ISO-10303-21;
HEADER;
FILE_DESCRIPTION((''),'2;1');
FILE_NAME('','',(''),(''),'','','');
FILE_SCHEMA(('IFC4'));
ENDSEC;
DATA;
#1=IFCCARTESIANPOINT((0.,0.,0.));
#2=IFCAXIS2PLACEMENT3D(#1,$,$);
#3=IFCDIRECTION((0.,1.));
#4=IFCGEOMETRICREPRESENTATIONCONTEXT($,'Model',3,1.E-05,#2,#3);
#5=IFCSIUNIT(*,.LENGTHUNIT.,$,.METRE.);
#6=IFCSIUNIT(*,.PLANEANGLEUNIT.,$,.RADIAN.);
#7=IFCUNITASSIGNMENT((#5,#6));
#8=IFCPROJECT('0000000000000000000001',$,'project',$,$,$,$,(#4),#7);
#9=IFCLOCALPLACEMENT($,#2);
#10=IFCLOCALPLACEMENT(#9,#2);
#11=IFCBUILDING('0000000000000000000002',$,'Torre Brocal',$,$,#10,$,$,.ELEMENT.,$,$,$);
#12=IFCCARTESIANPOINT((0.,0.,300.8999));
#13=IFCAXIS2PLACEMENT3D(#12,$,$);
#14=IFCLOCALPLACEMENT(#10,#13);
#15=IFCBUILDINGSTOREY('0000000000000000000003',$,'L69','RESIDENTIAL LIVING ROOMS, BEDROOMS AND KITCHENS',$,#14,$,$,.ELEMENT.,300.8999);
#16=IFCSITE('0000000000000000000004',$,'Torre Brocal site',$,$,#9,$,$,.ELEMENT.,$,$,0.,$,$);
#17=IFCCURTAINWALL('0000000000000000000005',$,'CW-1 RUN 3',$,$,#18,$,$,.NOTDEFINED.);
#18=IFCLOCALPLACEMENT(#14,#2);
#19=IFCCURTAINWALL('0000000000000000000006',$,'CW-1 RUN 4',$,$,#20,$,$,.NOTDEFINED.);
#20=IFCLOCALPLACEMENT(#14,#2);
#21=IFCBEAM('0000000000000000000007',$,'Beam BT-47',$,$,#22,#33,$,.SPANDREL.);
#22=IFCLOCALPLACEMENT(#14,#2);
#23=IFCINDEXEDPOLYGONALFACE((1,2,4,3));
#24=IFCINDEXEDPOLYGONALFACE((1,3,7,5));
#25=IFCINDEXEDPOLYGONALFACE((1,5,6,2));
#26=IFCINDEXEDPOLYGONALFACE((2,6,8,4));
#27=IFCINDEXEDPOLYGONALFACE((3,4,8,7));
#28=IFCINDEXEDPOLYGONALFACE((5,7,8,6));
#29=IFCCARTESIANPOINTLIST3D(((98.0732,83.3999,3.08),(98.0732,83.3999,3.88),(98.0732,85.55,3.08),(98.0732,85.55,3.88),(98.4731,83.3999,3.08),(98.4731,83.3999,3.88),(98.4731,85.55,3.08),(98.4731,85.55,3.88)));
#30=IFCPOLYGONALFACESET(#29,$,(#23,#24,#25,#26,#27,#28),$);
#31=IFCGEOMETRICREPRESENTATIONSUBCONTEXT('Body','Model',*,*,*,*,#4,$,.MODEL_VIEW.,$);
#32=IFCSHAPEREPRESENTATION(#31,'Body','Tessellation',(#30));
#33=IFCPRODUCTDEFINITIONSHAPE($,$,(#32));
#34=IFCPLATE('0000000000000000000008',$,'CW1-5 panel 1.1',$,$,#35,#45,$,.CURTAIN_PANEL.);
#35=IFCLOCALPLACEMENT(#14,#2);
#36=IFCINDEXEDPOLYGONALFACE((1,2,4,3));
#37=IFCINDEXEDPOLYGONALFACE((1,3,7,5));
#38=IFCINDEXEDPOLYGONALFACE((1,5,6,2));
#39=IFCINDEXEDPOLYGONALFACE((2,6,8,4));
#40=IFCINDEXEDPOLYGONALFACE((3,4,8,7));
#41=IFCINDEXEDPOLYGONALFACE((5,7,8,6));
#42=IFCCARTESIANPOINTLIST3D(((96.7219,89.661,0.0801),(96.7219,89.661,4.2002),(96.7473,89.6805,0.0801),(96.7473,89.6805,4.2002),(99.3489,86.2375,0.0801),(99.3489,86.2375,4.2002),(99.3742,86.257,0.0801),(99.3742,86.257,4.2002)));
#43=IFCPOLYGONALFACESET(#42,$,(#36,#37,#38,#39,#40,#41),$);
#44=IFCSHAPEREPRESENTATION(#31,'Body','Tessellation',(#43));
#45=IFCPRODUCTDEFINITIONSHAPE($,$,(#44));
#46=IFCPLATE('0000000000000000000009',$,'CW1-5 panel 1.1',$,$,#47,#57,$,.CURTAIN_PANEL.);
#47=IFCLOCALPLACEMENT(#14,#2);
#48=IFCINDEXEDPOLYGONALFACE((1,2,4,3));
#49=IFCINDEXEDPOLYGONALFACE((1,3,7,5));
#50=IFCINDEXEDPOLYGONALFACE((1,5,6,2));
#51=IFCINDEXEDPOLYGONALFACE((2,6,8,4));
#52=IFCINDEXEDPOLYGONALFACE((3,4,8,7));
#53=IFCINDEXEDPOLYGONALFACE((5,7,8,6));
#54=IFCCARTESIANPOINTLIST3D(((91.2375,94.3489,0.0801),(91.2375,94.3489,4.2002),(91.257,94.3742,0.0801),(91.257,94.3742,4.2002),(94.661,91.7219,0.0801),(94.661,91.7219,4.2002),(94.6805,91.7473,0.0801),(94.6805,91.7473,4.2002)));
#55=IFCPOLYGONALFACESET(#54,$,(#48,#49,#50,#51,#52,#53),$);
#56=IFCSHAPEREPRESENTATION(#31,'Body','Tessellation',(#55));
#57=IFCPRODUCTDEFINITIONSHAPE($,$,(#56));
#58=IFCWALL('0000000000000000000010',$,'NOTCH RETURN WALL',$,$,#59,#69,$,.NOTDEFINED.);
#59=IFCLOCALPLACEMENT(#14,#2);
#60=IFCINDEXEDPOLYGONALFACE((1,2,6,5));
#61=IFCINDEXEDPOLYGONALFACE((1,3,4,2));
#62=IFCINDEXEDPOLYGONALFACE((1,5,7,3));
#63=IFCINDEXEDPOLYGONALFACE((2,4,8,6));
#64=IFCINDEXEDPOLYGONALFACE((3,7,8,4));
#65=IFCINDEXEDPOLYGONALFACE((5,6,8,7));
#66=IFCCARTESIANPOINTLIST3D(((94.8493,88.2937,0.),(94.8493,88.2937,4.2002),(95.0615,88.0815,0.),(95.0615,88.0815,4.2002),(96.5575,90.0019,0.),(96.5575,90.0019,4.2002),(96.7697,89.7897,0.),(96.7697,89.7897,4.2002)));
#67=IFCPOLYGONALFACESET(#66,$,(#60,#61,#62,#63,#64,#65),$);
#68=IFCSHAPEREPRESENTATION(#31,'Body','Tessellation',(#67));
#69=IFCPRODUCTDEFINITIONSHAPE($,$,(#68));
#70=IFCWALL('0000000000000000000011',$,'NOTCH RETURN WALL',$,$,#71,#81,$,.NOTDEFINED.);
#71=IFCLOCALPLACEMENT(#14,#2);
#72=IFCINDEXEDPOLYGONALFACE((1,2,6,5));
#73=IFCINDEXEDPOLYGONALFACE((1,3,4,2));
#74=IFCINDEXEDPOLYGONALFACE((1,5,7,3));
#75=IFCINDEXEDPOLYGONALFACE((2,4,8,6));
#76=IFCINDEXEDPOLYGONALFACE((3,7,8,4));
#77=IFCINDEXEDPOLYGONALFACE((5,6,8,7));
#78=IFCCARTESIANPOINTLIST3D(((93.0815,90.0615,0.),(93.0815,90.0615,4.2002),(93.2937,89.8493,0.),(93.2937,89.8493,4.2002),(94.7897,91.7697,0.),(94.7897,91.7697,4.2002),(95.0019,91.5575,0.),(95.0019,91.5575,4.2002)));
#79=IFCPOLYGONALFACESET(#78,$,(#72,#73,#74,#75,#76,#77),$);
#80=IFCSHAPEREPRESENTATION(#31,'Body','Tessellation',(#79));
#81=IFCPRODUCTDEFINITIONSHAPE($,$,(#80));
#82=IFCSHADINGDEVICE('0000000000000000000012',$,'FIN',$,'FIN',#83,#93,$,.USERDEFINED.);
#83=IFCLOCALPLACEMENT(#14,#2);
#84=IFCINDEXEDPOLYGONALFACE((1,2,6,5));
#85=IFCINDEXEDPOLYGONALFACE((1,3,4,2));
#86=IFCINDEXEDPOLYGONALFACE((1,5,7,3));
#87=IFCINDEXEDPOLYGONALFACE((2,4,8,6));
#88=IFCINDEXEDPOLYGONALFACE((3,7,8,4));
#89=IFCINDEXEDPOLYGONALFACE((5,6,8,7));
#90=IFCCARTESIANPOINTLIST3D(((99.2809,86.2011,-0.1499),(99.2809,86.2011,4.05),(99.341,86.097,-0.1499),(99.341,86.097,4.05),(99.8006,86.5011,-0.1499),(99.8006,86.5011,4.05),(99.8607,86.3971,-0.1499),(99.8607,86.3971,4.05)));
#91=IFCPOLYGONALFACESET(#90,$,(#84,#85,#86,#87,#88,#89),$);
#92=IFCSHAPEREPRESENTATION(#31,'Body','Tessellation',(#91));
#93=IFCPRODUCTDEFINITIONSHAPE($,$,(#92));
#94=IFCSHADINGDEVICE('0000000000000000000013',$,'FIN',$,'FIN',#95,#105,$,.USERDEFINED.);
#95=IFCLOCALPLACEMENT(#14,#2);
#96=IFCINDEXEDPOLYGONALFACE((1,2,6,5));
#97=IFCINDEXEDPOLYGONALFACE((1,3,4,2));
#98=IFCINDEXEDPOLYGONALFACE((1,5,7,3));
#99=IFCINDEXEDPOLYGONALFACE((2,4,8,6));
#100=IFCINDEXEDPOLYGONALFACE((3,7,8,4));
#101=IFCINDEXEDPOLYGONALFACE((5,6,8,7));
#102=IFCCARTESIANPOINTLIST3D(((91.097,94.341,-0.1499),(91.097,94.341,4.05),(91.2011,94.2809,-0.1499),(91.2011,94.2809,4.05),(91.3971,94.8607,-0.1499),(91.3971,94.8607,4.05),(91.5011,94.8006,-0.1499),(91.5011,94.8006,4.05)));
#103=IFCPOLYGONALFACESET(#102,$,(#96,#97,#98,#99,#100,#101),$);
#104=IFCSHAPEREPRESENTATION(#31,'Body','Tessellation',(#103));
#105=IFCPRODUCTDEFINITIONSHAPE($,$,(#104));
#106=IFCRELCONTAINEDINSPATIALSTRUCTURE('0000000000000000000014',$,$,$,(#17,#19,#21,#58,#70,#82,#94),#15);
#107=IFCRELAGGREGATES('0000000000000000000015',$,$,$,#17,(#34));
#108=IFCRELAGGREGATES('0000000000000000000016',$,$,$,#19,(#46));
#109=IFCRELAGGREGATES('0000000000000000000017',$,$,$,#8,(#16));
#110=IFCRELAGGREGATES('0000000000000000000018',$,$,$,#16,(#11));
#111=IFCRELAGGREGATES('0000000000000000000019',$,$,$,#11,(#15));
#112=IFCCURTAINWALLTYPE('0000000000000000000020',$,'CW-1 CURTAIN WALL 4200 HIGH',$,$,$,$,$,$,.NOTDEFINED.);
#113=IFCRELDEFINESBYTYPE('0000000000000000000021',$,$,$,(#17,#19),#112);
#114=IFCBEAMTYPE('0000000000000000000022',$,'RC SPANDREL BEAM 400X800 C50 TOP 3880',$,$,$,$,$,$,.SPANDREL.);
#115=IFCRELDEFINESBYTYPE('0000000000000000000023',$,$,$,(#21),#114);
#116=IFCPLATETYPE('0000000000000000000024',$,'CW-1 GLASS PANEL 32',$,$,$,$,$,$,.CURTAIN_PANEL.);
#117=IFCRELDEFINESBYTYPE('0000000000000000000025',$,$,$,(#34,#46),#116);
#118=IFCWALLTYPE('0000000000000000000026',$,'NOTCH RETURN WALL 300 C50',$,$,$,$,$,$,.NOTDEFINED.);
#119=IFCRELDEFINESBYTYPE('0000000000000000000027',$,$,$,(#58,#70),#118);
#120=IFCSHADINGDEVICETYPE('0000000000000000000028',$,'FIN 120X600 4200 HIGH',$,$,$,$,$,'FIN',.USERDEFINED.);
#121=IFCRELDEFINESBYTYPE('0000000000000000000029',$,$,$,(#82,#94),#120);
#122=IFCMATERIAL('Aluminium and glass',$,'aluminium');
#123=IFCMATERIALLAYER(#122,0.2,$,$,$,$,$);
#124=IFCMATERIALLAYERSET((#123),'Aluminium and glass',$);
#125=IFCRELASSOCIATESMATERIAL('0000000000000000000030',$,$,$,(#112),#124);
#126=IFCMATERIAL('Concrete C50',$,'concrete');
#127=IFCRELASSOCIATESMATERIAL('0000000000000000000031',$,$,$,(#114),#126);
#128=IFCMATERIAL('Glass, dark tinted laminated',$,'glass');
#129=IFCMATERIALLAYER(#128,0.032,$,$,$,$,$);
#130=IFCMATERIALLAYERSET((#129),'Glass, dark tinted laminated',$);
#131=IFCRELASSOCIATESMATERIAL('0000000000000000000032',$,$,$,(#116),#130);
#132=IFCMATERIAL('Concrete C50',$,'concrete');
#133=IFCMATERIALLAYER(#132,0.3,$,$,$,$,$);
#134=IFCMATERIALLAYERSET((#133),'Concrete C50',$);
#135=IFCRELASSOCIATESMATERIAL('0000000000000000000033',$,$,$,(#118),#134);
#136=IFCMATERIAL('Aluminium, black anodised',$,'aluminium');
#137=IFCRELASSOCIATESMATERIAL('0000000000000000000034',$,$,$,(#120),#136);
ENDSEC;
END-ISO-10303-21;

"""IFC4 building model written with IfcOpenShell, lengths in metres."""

from ifc_helpers import new_model, si_unit, direction, frame, frame_2d, origin, origin_2d, place, context, subcontext, project, spatial, rectangle, extrude, material, layer, layer_set, material_profile, profile_set, type_object, element, aggregate, save


model = new_model("IFC4")

# Units and contexts
model_context = context("Model", 3, precision=1e-05, world=origin(), true_north=direction((0.0, 1.0)))
body_context = subcontext(model_context, "Body", "Model", "MODEL_VIEW")
ifc_project = project(units=[si_unit("LENGTHUNIT", "METRE"), si_unit("PLANEANGLEUNIT", "RADIAN")], contexts=[model_context])

# Site, building, storey
site_placement = place(None, origin())
site = spatial("IfcSite", under=ifc_project, at=site_placement, Name="Torre Brocal site", CompositionType="ELEMENT", RefElevation=0.0)
building_placement = place(site_placement, origin())
building = spatial("IfcBuilding", under=site, at=building_placement, Name="Torre Brocal", CompositionType="ELEMENT")
storey_placement = place(building_placement, frame((0.0, 0.0, 300.8999)))
storey = spatial("IfcBuildingStorey", under=building, at=storey_placement, Name="L69", Description="RESIDENTIAL LIVING ROOMS, BEDROOMS AND KITCHENS", CompositionType="ELEMENT", Elevation=300.8999)

# Shared definitions
ifc_material_1 = material(Name="Aluminium and glass", Category="aluminium")
ifc_layer_1 = layer(ifc_material_1, 0.2)
ifc_layer_set_1 = layer_set([ifc_layer_1], Name="Aluminium and glass")
curtain_wall_type = type_object("IfcCurtainWallType", Name="CW-1 CURTAIN WALL 4200 HIGH", PredefinedType="NOTDEFINED", material=ifc_layer_set_1)

# Curtain walls
curtain_wall_1_placement = place(storey_placement, origin())
curtain_wall_1 = element("IfcCurtainWall", 1, at=curtain_wall_1_placement, inside=storey, type_object=curtain_wall_type, Name="CW-1 RUN 3", PredefinedType="NOTDEFINED")
curtain_wall_2_placement = place(storey_placement, origin())
curtain_wall_2 = element("IfcCurtainWall", 2, at=curtain_wall_2_placement, inside=storey, type_object=curtain_wall_type, Name="CW-1 RUN 4", PredefinedType="NOTDEFINED")

# Beam
ifc_material_2 = material(Name="Concrete C50", Category="concrete")
ifc_material_profile_1 = material_profile(ifc_material_2, rectangle(XDim=0.3999, YDim=0.8, at=origin_2d()), Name="RC 400X800")
ifc_profile_set_1 = profile_set([ifc_material_profile_1], Name="Concrete C50")
beam_type_1 = type_object("IfcBeamType", Name="RC SPANDREL BEAM 400X800 C50 TOP 3880", PredefinedType="SPANDREL", material=ifc_profile_set_1)
beam_1_placement = place(storey_placement, frame((98.2732, 85.55, 3.48), z_axis=(0.0, -1.0, 0.0), x_axis=(1.0, 0.0, 0.0)))
element("IfcBeam", 3, at=beam_1_placement, inside=storey, type_object=beam_type_1, Name="Beam BT-47", PredefinedType="SPANDREL", context=body_context, shape_type="SweptSolid", body=[
    extrude(rectangle(XDim=0.3999, YDim=0.8, at=origin_2d()), origin(), (0.0, 0.0, 1.0), 2.1501),
])

# Plates
ifc_material_3 = material(Name="Glass, dark tinted laminated", Category="glass")
ifc_layer_2 = layer(ifc_material_3, 0.032)
ifc_layer_set_2 = layer_set([ifc_layer_2], Name="Glass, dark tinted laminated")
plate_type = type_object("IfcPlateType", Name="CW-1 GLASS PANEL 32", PredefinedType="CURTAIN_PANEL", material=ifc_layer_set_2)
plate_1_placement = place(storey_placement, frame((98.0481, 87.959, 0.0801), z_axis=(0.0, 0.0, 1.0), x_axis=(-0.608761, 0.793353, 0.0)))
plate_1 = element("IfcPlate", 4, at=plate_1_placement, type_object=plate_type, Name="CW1-5 panel 1.1", PredefinedType="CURTAIN_PANEL", context=body_context, shape_type="SweptSolid", body=[
    extrude(rectangle(XDim=4.3152, YDim=0.032, at=origin_2d()), origin(), (0.0, 0.0, 1.0), 4.1201),
])
aggregate(curtain_wall_1, [plate_1])
plate_2_placement = place(storey_placement, frame((92.959, 93.0481, 0.0801), z_axis=(0.0, 0.0, 1.0), x_axis=(-0.793353, 0.608761, 0.0)))
plate_2 = element("IfcPlate", 5, at=plate_2_placement, type_object=plate_type, Name="CW1-5 panel 1.1", PredefinedType="CURTAIN_PANEL", context=body_context, shape_type="SweptSolid", body=[
    extrude(rectangle(XDim=4.3152, YDim=0.032, at=origin_2d()), origin(), (0.0, 0.0, 1.0), 4.1201),
])
aggregate(curtain_wall_2, [plate_2])

# Walls
ifc_material_4 = material(Name="Concrete C50", Category="concrete")
ifc_layer_3 = layer(ifc_material_4, 0.3)
ifc_layer_set_3 = layer_set([ifc_layer_3], Name="Concrete C50")
wall_type = type_object("IfcWallType", Name="NOTCH RETURN WALL 300 C50", PredefinedType="NOTDEFINED", material=ifc_layer_set_3)
for number, where, z_axis, x_axis, name in (
    (6, (94.9553, 88.1875, 0.0), (0.0, 0.0, 1.0), (0.707107, 0.707107, 0.0), "NOTCH RETURN WALL"),
    (7, (93.1875, 89.9553, 0.0), (0.0, 0.0, 1.0), (0.707107, 0.707107, 0.0), "NOTCH RETURN WALL"),
):
    element("IfcWall", number, at=place(storey_placement, frame(where, z_axis=z_axis, x_axis=x_axis)), inside=storey, type_object=wall_type, Name=name, PredefinedType="NOTDEFINED", context=body_context, shape_type="SweptSolid", body=[
        extrude(rectangle(XDim=2.4158, YDim=0.3, at=frame_2d((1.208, 0.0))), origin(), (0.0, 0.0, 1.0), 4.2002),
    ])

# Shading devices
ifc_material_5 = material(Name="Aluminium, black anodised", Category="aluminium")
ifc_material_profile_2 = material_profile(ifc_material_5, rectangle(XDim=0.1201, YDim=0.6001, at=origin_2d()), Name="FIN 120X600 4200 HIGH")
ifc_profile_set_2 = profile_set([ifc_material_profile_2], Name="Aluminium, black anodised")
shading_device_type = type_object("IfcShadingDeviceType", Name="FIN 120X600 4200 HIGH", ElementType="FIN", PredefinedType="USERDEFINED", material=ifc_profile_set_2)
for number, where, z_axis, x_axis, name in (
    (8, (99.5708, 86.2991, -0.1499), (0.0, 0.0, 1.0), (-0.5, 0.866025, 0.0), "FIN"),
    (9, (91.2991, 94.5708, -0.1499), (0.0, 0.0, 1.0), (-0.866025, 0.5, 0.0), "FIN"),
):
    element("IfcShadingDevice", number, at=place(storey_placement, frame(where, z_axis=z_axis, x_axis=x_axis)), inside=storey, type_object=shading_device_type, Name=name, ObjectType="FIN", PredefinedType="USERDEFINED", context=body_context, shape_type="SweptSolid", body=[
        extrude(rectangle(XDim=0.1201, YDim=0.6001, at=origin_2d()), origin(), (0.0, 0.0, 1.0), 4.2),
    ])

save(model, "model.ifc")
